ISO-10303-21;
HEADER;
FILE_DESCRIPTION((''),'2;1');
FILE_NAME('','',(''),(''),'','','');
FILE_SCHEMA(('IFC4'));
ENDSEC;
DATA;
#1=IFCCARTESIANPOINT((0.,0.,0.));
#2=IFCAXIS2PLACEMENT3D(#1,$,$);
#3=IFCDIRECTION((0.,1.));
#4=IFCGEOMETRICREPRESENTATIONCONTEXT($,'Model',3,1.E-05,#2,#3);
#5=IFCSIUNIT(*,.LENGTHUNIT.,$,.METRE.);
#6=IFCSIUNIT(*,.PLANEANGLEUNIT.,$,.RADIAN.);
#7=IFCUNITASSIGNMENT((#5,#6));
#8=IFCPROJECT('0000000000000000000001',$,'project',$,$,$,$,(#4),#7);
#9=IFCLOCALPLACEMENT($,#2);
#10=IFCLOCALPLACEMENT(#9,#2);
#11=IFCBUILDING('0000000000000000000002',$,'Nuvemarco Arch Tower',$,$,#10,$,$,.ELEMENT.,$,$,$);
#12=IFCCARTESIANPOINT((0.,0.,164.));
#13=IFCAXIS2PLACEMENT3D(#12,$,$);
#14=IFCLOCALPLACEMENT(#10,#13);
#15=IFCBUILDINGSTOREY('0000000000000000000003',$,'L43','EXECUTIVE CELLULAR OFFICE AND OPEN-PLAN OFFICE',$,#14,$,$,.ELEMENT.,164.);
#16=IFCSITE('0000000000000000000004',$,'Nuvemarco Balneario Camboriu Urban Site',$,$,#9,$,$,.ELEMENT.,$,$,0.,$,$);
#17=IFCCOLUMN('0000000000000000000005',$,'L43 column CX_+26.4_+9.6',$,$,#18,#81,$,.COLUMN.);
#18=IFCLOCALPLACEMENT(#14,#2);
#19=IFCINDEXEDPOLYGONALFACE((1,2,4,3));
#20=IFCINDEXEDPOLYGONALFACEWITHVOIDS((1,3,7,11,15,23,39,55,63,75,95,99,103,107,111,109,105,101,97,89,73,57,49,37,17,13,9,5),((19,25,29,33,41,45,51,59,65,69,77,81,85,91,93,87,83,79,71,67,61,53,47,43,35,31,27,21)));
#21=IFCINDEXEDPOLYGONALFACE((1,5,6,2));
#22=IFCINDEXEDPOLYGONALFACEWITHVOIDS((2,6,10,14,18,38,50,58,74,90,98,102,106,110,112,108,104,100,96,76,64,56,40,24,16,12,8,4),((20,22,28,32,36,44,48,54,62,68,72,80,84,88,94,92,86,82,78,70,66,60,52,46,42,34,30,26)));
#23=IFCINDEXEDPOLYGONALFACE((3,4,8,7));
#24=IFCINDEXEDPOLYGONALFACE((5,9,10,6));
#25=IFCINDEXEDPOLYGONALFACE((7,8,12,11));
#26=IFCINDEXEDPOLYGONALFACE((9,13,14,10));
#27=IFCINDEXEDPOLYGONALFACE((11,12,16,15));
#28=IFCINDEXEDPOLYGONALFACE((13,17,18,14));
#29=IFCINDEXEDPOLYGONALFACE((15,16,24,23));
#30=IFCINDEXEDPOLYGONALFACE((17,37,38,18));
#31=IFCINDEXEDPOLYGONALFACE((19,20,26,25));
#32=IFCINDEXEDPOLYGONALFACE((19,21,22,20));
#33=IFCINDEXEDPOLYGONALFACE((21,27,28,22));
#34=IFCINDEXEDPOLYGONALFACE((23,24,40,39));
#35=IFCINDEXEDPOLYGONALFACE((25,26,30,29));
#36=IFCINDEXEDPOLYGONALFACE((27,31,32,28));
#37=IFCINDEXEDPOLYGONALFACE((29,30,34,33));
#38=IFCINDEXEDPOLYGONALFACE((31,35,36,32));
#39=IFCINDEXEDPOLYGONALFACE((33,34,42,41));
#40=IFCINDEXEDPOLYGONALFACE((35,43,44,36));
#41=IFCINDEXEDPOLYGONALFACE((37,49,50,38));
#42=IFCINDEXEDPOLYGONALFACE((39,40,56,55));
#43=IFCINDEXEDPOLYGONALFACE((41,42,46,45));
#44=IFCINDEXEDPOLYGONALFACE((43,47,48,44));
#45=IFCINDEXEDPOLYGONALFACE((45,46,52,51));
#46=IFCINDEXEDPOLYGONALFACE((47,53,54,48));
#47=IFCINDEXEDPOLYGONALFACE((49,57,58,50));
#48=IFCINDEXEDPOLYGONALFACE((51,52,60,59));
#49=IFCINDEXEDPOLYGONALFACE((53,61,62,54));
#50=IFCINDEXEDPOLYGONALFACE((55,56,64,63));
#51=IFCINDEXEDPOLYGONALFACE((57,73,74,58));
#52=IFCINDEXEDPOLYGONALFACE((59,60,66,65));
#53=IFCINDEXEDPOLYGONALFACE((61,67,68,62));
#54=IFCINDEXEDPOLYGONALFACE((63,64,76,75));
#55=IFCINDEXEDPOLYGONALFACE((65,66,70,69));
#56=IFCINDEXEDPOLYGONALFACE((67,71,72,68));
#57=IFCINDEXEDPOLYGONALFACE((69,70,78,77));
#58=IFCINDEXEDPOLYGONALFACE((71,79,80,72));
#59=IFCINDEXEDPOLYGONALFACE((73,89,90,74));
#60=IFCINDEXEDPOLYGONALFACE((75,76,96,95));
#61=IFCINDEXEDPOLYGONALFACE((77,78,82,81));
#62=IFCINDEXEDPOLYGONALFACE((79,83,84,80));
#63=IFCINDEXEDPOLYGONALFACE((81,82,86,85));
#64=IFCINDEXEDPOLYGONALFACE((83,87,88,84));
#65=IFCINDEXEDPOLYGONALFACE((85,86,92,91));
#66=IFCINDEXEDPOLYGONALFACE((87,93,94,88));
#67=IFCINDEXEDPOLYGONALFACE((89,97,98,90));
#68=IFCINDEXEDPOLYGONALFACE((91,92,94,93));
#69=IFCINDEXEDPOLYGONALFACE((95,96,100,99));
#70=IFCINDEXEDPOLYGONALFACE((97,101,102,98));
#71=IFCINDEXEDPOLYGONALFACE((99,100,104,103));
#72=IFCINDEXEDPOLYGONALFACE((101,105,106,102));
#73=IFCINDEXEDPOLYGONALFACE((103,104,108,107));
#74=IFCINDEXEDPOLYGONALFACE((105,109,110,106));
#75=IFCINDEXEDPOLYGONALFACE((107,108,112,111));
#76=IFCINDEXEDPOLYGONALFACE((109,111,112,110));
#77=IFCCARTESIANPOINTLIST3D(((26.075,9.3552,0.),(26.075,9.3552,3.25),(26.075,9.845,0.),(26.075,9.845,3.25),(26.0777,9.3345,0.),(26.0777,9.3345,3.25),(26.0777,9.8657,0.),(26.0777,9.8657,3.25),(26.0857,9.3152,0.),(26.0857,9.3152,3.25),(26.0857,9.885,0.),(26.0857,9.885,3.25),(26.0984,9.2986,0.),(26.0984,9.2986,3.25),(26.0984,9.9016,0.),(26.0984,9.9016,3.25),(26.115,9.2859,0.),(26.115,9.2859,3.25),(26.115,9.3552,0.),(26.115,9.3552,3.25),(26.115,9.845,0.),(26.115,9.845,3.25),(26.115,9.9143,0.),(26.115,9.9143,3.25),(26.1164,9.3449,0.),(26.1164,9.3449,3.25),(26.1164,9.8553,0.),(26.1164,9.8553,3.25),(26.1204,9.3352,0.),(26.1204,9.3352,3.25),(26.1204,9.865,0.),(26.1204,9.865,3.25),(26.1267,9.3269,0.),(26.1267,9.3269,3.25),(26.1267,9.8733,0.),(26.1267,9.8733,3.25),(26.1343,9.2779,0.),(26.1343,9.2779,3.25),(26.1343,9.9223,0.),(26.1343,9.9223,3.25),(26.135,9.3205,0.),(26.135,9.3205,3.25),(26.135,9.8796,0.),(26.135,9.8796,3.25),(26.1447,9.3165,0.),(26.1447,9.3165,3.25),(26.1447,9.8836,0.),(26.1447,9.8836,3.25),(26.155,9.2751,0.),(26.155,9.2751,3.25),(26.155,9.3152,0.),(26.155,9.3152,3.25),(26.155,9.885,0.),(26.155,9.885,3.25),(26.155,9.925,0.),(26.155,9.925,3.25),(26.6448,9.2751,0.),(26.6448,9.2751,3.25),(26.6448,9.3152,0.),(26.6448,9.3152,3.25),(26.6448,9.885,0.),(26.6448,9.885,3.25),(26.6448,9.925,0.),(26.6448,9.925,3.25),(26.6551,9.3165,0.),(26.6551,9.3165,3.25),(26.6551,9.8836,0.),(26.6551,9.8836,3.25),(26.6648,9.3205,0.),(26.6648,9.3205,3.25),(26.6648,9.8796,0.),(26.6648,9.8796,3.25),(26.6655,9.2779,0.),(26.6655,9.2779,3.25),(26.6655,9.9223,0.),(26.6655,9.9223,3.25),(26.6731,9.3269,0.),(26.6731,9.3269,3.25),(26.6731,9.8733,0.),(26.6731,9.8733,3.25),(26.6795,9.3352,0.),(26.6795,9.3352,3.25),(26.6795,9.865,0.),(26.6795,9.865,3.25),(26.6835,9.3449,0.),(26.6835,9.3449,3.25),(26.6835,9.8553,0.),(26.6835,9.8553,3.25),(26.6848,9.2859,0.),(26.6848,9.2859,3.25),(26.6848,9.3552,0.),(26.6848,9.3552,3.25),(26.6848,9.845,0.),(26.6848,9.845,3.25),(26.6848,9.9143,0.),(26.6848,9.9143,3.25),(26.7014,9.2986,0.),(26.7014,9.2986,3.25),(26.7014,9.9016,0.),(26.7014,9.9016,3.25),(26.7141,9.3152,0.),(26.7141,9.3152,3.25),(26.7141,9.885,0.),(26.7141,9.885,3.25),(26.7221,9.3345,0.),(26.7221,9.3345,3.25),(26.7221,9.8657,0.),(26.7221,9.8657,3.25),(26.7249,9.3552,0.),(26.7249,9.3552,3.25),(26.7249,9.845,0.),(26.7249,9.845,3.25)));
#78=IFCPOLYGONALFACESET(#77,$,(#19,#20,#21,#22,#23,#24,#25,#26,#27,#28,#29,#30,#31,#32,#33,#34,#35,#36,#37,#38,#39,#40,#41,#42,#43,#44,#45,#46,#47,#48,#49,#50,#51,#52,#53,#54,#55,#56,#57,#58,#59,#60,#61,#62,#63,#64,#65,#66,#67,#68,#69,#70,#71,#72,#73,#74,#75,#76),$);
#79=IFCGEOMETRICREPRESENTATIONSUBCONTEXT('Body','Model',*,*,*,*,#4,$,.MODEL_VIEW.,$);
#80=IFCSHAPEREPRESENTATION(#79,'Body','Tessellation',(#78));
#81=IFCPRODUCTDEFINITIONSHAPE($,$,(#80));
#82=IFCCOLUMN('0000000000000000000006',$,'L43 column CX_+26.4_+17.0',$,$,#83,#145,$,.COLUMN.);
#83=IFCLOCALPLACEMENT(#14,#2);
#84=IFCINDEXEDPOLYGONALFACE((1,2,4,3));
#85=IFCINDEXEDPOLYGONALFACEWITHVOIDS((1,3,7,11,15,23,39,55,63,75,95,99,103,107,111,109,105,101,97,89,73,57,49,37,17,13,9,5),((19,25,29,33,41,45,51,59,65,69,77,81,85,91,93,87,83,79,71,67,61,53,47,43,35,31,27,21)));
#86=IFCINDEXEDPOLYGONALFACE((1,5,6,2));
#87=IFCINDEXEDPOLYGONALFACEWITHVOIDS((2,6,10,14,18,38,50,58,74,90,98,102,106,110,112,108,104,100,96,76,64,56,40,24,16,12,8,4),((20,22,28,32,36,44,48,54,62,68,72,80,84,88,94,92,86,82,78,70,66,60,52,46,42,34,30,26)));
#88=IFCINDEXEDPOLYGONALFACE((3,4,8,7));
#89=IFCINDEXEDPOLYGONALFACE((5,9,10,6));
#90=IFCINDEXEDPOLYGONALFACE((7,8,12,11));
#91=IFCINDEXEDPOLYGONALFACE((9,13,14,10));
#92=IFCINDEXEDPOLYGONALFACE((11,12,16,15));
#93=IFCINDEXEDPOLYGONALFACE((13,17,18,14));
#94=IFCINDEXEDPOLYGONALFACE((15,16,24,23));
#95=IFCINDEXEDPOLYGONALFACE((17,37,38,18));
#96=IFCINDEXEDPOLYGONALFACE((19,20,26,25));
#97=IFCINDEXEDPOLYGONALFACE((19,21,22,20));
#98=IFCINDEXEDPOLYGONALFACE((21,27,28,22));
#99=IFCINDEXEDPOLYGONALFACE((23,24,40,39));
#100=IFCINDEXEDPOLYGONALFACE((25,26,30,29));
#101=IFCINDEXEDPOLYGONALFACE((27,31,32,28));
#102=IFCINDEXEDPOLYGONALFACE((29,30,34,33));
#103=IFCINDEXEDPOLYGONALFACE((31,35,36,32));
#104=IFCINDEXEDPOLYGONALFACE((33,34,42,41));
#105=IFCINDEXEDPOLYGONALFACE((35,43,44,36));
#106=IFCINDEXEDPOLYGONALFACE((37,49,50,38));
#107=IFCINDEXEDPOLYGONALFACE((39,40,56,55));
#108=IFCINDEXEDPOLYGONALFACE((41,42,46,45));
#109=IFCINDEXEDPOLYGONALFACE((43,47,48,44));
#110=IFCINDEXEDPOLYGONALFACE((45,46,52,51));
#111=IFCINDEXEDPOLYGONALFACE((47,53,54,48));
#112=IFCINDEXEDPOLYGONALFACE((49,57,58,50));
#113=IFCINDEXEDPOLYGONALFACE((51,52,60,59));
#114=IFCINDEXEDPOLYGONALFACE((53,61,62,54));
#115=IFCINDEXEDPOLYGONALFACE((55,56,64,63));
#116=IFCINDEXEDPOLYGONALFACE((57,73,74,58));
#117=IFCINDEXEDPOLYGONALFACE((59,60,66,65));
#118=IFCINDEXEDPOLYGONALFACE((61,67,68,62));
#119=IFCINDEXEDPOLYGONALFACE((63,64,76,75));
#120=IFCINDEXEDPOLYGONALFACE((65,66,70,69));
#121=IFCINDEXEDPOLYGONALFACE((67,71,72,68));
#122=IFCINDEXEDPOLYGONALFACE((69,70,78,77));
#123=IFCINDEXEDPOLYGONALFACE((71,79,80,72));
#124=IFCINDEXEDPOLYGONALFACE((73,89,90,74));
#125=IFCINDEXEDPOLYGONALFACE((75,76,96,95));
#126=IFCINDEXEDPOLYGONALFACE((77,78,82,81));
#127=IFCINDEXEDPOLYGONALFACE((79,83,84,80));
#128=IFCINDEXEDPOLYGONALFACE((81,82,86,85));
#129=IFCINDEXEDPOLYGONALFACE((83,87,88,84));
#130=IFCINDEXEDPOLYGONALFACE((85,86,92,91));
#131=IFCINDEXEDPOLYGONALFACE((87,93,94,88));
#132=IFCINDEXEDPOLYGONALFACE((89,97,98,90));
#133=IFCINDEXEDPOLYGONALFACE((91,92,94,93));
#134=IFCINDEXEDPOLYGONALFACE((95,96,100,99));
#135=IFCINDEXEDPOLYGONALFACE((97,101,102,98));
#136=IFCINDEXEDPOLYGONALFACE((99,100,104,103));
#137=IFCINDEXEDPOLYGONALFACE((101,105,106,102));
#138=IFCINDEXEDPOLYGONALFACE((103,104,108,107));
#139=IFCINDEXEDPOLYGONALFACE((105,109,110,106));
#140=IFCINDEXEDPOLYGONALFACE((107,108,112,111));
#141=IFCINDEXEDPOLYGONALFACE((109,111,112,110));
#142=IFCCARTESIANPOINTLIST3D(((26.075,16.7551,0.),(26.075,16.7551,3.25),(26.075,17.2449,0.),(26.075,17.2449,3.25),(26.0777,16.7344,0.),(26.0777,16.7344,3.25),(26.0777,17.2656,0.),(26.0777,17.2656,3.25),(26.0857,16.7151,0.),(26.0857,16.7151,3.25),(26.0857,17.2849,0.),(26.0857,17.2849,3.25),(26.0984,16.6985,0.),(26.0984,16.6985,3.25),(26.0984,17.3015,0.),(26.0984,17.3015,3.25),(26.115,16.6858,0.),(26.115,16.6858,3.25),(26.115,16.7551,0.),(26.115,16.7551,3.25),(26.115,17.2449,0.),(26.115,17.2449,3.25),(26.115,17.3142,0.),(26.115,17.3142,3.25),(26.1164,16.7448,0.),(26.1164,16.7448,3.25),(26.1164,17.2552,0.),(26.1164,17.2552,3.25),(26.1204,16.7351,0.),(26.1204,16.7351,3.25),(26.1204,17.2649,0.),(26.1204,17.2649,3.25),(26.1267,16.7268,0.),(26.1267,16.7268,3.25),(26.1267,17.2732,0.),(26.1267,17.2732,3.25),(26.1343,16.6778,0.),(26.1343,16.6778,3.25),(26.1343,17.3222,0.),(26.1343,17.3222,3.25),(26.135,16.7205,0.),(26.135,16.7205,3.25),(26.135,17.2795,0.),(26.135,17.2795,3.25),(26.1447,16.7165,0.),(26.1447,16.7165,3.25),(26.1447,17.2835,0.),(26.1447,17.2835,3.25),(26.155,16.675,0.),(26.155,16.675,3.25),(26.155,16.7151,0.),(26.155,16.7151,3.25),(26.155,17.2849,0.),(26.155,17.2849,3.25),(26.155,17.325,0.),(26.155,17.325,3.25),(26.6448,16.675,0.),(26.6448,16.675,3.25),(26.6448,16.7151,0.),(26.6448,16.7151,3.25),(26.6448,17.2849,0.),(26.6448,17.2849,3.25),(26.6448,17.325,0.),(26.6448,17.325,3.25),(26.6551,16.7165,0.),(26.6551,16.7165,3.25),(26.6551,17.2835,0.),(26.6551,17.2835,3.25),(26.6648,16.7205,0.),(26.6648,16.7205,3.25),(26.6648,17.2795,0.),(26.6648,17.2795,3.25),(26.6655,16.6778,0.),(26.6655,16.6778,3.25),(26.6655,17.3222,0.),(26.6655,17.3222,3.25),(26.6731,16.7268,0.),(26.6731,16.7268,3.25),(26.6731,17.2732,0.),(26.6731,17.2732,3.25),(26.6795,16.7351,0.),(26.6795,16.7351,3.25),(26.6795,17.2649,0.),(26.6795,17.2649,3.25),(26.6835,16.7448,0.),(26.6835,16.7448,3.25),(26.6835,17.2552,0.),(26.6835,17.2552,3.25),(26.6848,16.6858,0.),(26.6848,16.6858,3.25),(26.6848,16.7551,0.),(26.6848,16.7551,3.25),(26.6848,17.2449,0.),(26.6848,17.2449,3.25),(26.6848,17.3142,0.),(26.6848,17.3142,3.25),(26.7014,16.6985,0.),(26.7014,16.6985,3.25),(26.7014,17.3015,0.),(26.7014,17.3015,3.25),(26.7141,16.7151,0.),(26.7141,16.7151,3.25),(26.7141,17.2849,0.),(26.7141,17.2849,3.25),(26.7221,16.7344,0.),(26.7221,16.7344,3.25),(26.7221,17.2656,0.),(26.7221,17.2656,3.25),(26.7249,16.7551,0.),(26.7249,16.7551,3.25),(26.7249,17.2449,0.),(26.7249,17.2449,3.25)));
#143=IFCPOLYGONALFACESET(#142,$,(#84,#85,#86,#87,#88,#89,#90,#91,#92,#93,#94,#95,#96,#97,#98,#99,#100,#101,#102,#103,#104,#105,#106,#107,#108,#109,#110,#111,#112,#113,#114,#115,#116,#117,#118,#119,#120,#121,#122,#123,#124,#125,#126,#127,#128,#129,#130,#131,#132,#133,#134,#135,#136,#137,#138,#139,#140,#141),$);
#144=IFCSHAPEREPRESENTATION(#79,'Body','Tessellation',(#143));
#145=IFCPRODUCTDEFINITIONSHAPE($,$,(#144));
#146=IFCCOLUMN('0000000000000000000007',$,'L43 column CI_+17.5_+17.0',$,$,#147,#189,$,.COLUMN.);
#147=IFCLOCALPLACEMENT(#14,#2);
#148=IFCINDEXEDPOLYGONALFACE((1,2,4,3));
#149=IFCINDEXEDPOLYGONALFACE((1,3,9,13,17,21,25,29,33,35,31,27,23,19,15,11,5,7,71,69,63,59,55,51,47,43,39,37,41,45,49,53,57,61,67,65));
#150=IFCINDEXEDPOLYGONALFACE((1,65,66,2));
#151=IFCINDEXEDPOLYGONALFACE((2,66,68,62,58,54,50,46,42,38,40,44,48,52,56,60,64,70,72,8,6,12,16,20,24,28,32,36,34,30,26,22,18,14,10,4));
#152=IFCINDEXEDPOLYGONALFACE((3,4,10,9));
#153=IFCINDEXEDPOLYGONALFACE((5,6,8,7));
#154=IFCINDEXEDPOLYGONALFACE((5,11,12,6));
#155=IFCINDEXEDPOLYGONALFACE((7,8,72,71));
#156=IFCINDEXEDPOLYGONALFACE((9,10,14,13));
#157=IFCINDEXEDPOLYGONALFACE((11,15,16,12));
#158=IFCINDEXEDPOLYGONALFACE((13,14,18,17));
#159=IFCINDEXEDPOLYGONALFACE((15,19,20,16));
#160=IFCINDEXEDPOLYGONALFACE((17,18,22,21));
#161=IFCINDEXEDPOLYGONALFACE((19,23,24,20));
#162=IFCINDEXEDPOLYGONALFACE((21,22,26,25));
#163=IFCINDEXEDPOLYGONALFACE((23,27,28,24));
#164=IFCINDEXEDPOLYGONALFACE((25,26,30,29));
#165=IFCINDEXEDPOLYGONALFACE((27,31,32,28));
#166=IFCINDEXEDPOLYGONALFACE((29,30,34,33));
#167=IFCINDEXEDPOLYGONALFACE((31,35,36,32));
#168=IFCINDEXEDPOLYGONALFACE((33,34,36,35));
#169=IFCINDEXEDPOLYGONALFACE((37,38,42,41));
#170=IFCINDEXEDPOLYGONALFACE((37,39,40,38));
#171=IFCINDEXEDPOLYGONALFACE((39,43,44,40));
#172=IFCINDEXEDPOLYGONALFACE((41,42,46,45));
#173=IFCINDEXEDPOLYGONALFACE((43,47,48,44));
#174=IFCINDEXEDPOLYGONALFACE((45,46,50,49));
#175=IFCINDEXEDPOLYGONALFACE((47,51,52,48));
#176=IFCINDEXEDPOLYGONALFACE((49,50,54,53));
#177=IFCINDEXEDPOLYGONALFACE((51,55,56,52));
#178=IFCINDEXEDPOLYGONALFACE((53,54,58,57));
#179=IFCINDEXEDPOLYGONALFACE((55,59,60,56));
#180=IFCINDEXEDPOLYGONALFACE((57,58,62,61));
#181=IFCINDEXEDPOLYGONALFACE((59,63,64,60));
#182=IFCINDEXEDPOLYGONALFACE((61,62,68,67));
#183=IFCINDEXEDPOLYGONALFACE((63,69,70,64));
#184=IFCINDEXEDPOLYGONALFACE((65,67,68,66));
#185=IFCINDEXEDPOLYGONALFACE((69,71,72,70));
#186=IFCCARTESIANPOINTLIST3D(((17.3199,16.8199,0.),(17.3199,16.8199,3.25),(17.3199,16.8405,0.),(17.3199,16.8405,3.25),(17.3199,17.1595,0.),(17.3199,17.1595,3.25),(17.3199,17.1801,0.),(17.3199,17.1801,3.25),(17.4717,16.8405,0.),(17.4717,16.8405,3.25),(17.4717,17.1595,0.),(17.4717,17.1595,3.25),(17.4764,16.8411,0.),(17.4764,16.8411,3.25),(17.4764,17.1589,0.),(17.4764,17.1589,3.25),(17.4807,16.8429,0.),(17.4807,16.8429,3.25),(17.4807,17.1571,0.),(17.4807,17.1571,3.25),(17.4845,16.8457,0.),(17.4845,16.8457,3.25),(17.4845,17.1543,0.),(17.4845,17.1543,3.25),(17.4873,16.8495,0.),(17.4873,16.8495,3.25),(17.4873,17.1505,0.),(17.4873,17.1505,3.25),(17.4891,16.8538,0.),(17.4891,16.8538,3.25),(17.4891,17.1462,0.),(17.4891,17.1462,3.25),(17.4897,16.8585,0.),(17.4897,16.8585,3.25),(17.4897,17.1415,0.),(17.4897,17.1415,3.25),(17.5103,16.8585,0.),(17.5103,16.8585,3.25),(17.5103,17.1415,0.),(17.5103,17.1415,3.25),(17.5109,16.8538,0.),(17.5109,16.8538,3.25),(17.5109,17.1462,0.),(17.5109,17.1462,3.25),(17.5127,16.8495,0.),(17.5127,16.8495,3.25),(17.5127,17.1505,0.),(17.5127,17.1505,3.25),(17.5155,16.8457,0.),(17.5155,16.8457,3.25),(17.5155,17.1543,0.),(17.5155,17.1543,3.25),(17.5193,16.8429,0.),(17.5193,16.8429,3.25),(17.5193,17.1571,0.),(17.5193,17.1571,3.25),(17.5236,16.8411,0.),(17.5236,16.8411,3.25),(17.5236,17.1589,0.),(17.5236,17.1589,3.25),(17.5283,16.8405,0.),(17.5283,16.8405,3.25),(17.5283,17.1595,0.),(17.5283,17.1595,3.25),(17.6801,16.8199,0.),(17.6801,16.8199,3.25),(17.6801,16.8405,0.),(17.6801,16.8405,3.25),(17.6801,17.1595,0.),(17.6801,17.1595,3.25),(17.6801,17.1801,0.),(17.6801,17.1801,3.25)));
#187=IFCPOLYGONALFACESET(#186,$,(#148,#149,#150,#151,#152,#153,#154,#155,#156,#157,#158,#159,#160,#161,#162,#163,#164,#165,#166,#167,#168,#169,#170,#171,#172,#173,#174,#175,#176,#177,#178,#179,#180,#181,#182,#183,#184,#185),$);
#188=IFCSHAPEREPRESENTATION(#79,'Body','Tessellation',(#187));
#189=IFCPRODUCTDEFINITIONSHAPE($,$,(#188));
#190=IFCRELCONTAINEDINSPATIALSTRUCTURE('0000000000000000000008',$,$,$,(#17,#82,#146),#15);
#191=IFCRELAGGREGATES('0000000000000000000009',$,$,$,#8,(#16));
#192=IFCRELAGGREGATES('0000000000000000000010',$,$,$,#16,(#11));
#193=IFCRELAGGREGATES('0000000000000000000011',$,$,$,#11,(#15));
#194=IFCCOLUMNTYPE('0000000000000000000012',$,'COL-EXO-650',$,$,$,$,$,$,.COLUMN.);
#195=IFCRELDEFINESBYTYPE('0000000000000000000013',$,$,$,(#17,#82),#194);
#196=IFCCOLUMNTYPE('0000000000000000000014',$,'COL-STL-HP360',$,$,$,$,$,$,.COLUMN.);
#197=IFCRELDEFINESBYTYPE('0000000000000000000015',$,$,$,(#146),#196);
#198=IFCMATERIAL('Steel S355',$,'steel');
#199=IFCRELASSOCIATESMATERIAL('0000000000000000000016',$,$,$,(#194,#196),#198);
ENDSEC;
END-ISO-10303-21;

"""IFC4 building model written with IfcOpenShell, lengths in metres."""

from ifc_helpers import new_model, si_unit, direction, frame, origin, origin_2d, place, context, subcontext, project, spatial, hollow_rectangle, i_section, extrude, material, material_profile, profile_set, type_object, element, save


model = new_model("IFC4")

# Units and contexts
model_context = context("Model", 3, precision=1e-05, world=origin(), true_north=direction((0.0, 1.0)))
body_context = subcontext(model_context, "Body", "Model", "MODEL_VIEW")
ifc_project = project(units=[si_unit("LENGTHUNIT", "METRE"), si_unit("PLANEANGLEUNIT", "RADIAN")], contexts=[model_context])

# Site, building, storey
site_placement = place(None, origin())
site = spatial("IfcSite", under=ifc_project, at=site_placement, Name="Nuvemarco Balneario Camboriu Urban Site", CompositionType="ELEMENT", RefElevation=0.0)
building_placement = place(site_placement, origin())
building = spatial("IfcBuilding", under=site, at=building_placement, Name="Nuvemarco Arch Tower", CompositionType="ELEMENT")
storey_placement = place(building_placement, frame((0.0, 0.0, 164.0)))
storey = spatial("IfcBuildingStorey", under=building, at=storey_placement, Name="L43", Description="EXECUTIVE CELLULAR OFFICE AND OPEN-PLAN OFFICE", CompositionType="ELEMENT", Elevation=164.0)

# Columns
ifc_material_1 = material(Name="Steel S355", Category="steel")
ifc_material_profile_1 = material_profile(ifc_material_1, hollow_rectangle(XDim=0.6499, YDim=0.6499, WallThickness=0.04, InnerFilletRadius=0.04, OuterFilletRadius=0.0801, at=origin_2d()), Name="SHS650x650x40")
ifc_profile_set_1 = profile_set([ifc_material_profile_1], Name="Steel S355")
column_type_1 = type_object("IfcColumnType", Name="COL-EXO-650", PredefinedType="COLUMN", material=ifc_profile_set_1)
for number, where, z_axis, x_axis, name in (
    (1, (26.3999, 9.6001, 0.0), (0.0, 0.0, 1.0), (1.0, 0.0, 0.0), "L43 column CX_+26.4_+9.6"),
    (2, (26.3999, 17.0, 0.0), (0.0, 0.0, 1.0), (1.0, 0.0, 0.0), "L43 column CX_+26.4_+17.0"),
):
    element("IfcColumn", number, at=place(storey_placement, frame(where, z_axis=z_axis, x_axis=x_axis)), inside=storey, type_object=column_type_1, Name=name, PredefinedType="COLUMN", context=body_context, shape_type="SweptSolid", body=[
        extrude(hollow_rectangle(XDim=0.6499, YDim=0.6499, WallThickness=0.04, InnerFilletRadius=0.04, OuterFilletRadius=0.0801, at=origin_2d()), origin(), (0.0, 0.0, 1.0), 3.25),
    ])
ifc_material_profile_2 = material_profile(ifc_material_1, i_section(OverallWidth=0.3601, OverallDepth=0.3601, WebThickness=0.0205, FlangeThickness=0.0205, FilletRadius=0.0181, at=origin_2d()), Name="HP360x174")
ifc_profile_set_2 = profile_set([ifc_material_profile_2], Name="Steel S355")
column_type_2 = type_object("IfcColumnType", Name="COL-STL-HP360", PredefinedType="COLUMN", material=ifc_profile_set_2)
column_placement = place(storey_placement, frame((17.5, 17.0, 0.0), z_axis=(0.0, 0.0, 1.0), x_axis=(1.0, 0.0, 0.0)))
element("IfcColumn", 3, at=column_placement, inside=storey, type_object=column_type_2, Name="L43 column CI_+17.5_+17.0", PredefinedType="COLUMN", context=body_context, shape_type="SweptSolid", body=[
    extrude(i_section(OverallWidth=0.3601, OverallDepth=0.3601, WebThickness=0.0205, FlangeThickness=0.0205, FilletRadius=0.0181, at=origin_2d()), origin(), (0.0, 0.0, 1.0), 3.25),
])

save(model, "model.ifc")
